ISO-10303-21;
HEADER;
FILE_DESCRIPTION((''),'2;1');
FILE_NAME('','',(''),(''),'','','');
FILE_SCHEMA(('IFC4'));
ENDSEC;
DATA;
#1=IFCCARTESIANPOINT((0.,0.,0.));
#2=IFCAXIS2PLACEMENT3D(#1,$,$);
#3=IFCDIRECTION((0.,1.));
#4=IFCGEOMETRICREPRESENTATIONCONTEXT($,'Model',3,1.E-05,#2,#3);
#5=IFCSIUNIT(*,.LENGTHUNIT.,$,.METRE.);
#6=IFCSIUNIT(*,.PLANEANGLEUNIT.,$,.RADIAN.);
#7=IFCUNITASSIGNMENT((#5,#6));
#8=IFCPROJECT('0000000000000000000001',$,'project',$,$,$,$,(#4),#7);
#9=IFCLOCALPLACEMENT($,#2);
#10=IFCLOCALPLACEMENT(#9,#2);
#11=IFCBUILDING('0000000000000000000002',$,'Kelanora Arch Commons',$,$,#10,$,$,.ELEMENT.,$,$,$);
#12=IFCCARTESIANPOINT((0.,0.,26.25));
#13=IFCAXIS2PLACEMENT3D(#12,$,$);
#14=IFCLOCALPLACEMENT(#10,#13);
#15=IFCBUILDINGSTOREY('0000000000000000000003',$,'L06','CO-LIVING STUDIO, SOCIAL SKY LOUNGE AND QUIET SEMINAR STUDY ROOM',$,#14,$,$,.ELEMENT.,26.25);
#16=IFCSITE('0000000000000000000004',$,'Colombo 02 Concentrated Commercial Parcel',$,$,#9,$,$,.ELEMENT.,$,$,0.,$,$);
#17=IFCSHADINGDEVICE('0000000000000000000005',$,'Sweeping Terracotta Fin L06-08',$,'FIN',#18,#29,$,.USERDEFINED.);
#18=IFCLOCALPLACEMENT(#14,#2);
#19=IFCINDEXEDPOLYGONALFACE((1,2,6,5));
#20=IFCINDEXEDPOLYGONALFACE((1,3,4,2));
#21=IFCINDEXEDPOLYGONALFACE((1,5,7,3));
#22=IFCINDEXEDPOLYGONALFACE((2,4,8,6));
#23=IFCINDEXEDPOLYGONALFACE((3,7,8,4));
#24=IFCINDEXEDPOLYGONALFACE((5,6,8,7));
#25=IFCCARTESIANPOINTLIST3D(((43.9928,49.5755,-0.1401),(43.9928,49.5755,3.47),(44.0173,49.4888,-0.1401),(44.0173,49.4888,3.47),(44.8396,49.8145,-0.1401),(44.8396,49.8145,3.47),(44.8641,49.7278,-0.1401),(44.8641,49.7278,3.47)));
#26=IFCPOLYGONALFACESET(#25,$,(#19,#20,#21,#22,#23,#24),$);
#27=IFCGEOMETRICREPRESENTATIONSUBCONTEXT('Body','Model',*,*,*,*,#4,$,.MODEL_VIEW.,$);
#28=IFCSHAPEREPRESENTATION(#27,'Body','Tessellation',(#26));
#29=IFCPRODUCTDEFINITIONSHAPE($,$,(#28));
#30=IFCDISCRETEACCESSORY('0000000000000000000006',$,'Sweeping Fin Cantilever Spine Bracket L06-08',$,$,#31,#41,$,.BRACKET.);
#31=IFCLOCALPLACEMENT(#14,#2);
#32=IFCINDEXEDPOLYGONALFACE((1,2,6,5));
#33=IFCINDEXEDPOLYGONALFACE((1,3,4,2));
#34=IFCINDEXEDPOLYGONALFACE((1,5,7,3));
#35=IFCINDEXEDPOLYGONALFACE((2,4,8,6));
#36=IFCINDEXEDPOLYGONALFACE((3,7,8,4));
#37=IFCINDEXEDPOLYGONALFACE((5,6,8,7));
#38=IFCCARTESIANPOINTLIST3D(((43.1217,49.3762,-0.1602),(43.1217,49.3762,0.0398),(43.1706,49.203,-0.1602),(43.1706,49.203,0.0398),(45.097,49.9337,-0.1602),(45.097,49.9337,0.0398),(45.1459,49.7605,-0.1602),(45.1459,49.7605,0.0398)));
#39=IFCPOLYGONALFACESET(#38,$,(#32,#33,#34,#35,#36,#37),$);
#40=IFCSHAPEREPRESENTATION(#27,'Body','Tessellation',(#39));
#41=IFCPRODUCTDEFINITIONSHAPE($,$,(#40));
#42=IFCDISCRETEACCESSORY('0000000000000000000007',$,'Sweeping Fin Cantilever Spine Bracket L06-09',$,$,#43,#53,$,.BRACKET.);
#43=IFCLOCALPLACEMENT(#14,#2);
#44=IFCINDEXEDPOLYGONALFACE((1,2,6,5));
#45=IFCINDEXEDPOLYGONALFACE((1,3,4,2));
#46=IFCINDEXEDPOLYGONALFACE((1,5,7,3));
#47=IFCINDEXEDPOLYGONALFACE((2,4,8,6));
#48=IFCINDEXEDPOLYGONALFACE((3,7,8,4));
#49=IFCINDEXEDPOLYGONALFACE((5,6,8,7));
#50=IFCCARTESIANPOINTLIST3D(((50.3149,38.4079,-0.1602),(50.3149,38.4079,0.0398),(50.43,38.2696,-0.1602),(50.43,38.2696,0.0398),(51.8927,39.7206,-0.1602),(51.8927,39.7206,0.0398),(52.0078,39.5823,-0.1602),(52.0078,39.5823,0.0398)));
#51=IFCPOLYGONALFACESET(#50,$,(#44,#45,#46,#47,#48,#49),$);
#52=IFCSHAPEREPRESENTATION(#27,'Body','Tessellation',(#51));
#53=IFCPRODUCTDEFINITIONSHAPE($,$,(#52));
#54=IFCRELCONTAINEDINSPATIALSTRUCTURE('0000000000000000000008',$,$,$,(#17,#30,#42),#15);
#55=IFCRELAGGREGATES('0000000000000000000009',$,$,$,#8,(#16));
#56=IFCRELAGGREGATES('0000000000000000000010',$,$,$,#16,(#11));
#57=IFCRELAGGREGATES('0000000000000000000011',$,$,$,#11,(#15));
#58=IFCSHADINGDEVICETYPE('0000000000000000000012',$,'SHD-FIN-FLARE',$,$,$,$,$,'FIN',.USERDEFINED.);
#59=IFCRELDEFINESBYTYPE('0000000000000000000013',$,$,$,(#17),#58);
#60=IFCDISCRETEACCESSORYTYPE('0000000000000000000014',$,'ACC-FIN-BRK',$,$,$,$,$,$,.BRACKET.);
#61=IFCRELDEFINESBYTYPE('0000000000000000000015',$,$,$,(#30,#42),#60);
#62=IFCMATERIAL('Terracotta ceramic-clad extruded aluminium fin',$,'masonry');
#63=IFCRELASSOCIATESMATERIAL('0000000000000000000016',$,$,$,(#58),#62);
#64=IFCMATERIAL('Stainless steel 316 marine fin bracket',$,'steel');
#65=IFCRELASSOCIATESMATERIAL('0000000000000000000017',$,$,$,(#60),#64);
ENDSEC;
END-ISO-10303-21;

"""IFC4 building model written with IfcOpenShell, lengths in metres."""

from ifc_helpers import new_model, si_unit, direction, frame, origin, origin_2d, place, context, subcontext, project, spatial, rectangle, extrude, source, transform, mapped, material, type_object, element, save


model = new_model("IFC4")

# Units and contexts
model_context = context("Model", 3, precision=1e-05, world=origin(), true_north=direction((0.0, 1.0)))
body_context = subcontext(model_context, "Body", "Model", "MODEL_VIEW")
ifc_project = project(units=[si_unit("LENGTHUNIT", "METRE"), si_unit("PLANEANGLEUNIT", "RADIAN")], contexts=[model_context])

# Site, building, storey
site_placement = place(None, origin())
site = spatial("IfcSite", under=ifc_project, at=site_placement, Name="Colombo 02 Concentrated Commercial Parcel", CompositionType="ELEMENT", RefElevation=0.0)
building_placement = place(site_placement, origin())
building = spatial("IfcBuilding", under=site, at=building_placement, Name="Kelanora Arch Commons", CompositionType="ELEMENT")
storey_placement = place(building_placement, frame((0.0, 0.0, 26.25)))
storey = spatial("IfcBuildingStorey", under=building, at=storey_placement, Name="L06", Description="CO-LIVING STUDIO, SOCIAL SKY LOUNGE AND QUIET SEMINAR STUDY ROOM", CompositionType="ELEMENT", Elevation=26.25)

# Shading device
ifc_material_1 = material(Name="Terracotta ceramic-clad extruded aluminium fin", Category="masonry")
shading_device_type = type_object("IfcShadingDeviceType", Name="SHD-FIN-FLARE", ElementType="FIN", PredefinedType="USERDEFINED", material=ifc_material_1)
shared_shape_1 = source(origin(), body_context, "Body", "SweptSolid", [
    extrude(rectangle(XDim=0.8799, YDim=0.0901, at=origin_2d()), origin(), (0.0, 0.0, 1.0), 3.6101),
])
shading_device_placement = place(storey_placement, frame((44.4285, 49.6516, -0.1401), z_axis=(0.0, 0.0, 1.0), x_axis=(-0.962408, -0.271608, 0.0)))
element("IfcShadingDevice", 1, at=shading_device_placement, inside=storey, type_object=shading_device_type, Name="Sweeping Terracotta Fin L06-08", ObjectType="FIN", PredefinedType="USERDEFINED", context=body_context, shape_type="MappedRepresentation", body=[
    mapped(shared_shape_1, transform((0.0, 0.0, 0.0), scale=1.0)),
])

# Discrete accessories
ifc_material_2 = material(Name="Stainless steel 316 marine fin bracket", Category="steel")
discrete_accessory_type = type_object("IfcDiscreteAccessoryType", Name="ACC-FIN-BRK", PredefinedType="BRACKET", material=ifc_material_2)
shared_shape_2 = source(origin(), body_context, "Body", "SweptSolid", [
    extrude(rectangle(XDim=2.0525, YDim=0.1799, at=origin_2d()), origin(), (0.0, 0.0, 1.0), 0.2),
])
for number, where, z_axis, x_axis, name in (
    (2, (44.1338, 49.5684, -0.1602), (0.0, 0.0, 1.0), (-0.962408, -0.271608, 0.0), "Sweeping Fin Cantilever Spine Bracket L06-08"),
    (3, (51.1614, 38.9951, -0.1602), (0.0, 0.0, 1.0), (-0.76873, -0.639573, 0.0), "Sweeping Fin Cantilever Spine Bracket L06-09"),
):
    element("IfcDiscreteAccessory", number, at=place(storey_placement, frame(where, z_axis=z_axis, x_axis=x_axis)), inside=storey, type_object=discrete_accessory_type, Name=name, PredefinedType="BRACKET", context=body_context, shape_type="MappedRepresentation", body=[
        mapped(shared_shape_2, transform((0.0, 0.0, 0.0), scale=1.0)),
    ])

save(model, "model.ifc")
